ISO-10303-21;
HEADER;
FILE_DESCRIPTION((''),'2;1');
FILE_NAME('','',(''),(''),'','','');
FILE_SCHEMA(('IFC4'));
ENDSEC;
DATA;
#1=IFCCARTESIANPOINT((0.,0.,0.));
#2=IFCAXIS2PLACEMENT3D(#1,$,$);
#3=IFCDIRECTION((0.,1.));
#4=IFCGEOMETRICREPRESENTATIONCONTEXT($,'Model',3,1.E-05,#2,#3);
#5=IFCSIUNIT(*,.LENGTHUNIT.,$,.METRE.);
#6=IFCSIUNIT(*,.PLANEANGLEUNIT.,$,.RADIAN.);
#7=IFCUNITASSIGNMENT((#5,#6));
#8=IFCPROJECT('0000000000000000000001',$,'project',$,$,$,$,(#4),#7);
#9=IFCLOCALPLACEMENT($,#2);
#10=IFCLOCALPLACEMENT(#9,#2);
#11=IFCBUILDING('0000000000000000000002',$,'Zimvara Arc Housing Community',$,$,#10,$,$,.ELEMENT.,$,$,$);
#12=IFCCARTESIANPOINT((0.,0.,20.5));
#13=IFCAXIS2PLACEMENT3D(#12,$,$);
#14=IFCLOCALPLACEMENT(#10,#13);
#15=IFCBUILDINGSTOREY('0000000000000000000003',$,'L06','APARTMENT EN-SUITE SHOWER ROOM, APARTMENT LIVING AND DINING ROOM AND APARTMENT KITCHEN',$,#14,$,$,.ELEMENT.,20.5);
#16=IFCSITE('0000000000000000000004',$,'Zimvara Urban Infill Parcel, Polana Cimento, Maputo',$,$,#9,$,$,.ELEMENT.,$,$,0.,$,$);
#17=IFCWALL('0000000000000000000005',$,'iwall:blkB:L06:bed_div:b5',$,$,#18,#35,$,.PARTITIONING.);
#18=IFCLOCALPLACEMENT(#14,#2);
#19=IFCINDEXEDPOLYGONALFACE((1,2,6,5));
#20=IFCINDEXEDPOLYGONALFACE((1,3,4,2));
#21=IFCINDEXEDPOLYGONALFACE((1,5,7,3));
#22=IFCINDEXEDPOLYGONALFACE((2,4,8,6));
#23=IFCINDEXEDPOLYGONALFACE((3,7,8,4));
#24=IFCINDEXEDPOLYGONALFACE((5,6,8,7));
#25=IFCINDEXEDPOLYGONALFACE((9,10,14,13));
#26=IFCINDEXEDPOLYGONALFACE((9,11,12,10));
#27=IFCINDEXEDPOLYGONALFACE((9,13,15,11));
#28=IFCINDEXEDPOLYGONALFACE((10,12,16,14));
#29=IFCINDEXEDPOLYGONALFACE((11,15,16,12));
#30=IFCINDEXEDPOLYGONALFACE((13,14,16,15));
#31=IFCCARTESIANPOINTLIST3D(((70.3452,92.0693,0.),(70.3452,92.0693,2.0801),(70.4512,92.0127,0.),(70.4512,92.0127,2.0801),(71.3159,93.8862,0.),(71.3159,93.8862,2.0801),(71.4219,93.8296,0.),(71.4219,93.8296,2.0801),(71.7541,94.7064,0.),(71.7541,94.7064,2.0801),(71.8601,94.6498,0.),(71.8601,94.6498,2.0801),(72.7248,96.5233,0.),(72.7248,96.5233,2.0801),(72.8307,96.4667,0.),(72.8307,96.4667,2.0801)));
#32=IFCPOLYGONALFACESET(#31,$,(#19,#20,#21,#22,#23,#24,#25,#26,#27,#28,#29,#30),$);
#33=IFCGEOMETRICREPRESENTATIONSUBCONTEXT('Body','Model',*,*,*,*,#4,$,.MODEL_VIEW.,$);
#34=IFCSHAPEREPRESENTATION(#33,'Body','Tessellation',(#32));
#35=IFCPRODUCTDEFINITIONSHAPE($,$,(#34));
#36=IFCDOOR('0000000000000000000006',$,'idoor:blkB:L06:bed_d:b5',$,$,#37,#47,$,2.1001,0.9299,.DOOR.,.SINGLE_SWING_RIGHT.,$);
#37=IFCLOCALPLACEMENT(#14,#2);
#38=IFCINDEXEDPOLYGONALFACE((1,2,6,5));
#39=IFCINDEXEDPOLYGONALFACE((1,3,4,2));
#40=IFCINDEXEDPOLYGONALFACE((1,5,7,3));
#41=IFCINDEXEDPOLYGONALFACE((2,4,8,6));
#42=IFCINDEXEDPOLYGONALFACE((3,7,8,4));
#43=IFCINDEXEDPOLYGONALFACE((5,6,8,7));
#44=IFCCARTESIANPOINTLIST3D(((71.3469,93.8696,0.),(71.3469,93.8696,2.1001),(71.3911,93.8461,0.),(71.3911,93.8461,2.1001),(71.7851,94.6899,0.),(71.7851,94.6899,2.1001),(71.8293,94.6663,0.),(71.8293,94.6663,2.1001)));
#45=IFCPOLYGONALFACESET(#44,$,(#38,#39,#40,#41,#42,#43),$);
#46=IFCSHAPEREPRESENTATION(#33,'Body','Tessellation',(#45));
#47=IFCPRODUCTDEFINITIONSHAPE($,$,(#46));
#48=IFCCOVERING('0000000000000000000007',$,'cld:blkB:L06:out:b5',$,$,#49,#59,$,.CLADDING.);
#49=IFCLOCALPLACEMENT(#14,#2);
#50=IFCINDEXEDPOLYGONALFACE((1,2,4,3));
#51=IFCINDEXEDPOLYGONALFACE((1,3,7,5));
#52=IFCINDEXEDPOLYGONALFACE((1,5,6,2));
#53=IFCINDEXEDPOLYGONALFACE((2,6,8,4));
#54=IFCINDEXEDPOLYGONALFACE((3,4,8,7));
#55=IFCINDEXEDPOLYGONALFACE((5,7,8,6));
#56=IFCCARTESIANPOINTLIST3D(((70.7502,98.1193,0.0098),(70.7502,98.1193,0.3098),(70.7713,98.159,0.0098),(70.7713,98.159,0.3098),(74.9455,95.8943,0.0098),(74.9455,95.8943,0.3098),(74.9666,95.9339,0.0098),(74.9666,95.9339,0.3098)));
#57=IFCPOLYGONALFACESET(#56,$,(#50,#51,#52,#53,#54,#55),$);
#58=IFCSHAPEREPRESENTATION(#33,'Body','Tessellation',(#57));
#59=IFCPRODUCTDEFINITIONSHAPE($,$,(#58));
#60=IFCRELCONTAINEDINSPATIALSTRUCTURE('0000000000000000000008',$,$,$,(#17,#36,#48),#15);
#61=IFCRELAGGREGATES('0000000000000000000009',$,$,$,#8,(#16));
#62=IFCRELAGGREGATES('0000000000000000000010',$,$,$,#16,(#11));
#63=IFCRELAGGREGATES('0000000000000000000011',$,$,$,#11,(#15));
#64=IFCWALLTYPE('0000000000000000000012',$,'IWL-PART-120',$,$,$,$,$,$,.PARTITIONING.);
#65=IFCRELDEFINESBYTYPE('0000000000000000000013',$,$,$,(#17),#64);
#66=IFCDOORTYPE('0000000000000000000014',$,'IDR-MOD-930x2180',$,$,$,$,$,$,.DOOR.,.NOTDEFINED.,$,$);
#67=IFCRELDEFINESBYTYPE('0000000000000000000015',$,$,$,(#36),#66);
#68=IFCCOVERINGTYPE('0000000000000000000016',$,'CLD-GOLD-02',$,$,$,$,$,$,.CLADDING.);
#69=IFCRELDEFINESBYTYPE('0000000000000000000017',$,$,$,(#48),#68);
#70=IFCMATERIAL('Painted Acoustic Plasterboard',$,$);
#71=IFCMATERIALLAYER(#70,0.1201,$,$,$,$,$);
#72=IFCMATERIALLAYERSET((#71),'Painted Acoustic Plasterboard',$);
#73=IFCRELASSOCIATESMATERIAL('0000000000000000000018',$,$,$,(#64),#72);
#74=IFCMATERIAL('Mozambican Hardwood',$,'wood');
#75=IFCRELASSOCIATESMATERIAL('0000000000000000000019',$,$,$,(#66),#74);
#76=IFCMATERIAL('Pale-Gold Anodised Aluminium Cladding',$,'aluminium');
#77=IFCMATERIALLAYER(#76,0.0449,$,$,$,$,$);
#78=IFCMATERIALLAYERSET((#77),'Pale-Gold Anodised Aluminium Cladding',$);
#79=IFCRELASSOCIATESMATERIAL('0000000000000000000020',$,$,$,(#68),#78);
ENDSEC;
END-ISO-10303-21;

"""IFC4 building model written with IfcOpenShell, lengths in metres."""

from ifc_helpers import new_model, si_unit, direction, frame, frame_2d, origin, origin_2d, place, context, subcontext, project, spatial, rectangle, extrude, material, layer, layer_set, type_object, element, fill, save


model = new_model("IFC4")

# Units and contexts
model_context = context("Model", 3, precision=1e-05, world=origin(), true_north=direction((0.0, 1.0)))
body_context = subcontext(model_context, "Body", "Model", "MODEL_VIEW")
ifc_project = project(units=[si_unit("LENGTHUNIT", "METRE"), si_unit("PLANEANGLEUNIT", "RADIAN")], contexts=[model_context])

# Site, building, storey
site_placement = place(None, origin())
site = spatial("IfcSite", under=ifc_project, at=site_placement, Name="Zimvara Urban Infill Parcel, Polana Cimento, Maputo", CompositionType="ELEMENT", RefElevation=0.0)
building_placement = place(site_placement, origin())
building = spatial("IfcBuilding", under=site, at=building_placement, Name="Zimvara Arc Housing Community", CompositionType="ELEMENT")
storey_placement = place(building_placement, frame((0.0, 0.0, 20.5)))
storey = spatial("IfcBuildingStorey", under=building, at=storey_placement, Name="L06", Description="APARTMENT EN-SUITE SHOWER ROOM, APARTMENT LIVING AND DINING ROOM AND APARTMENT KITCHEN", CompositionType="ELEMENT", Elevation=20.5)

# Wall, opening, door
ifc_material_1 = material(Name="Painted Acoustic Plasterboard")
ifc_layer_1 = layer(ifc_material_1, 0.1201)
ifc_layer_set_1 = layer_set([ifc_layer_1], Name="Painted Acoustic Plasterboard")
wall_type_1 = type_object("IfcWallType", Name="IWL-PART-120", PredefinedType="PARTITIONING", material=ifc_layer_set_1)
wall_1_placement = place(storey_placement, frame((70.3982, 92.041, 0.0), z_axis=(0.0, 0.0, 1.0), x_axis=(0.471223, 0.882014, 0.0)))
wall_1 = element("IfcWall", 1, at=wall_1_placement, inside=storey, type_object=wall_type_1, Name="iwall:blkB:L06:bed_div:b5", PredefinedType="PARTITIONING", context=body_context, shape_type="SweptSolid", body=[
    extrude(rectangle(XDim=5.0498, YDim=0.1201, at=frame_2d((2.5249, 0.0))), origin(), (0.0, 0.0, 1.0), 2.0801),
])
opening_1_placement = place(wall_1_placement, frame((2.0601, 0.0, 0.0)))
opening_1 = element("IfcOpeningElement", 2, at=opening_1_placement, cuts=wall_1, PredefinedType="OPENING", context=body_context, shape_type="SweptSolid", body=[
    extrude(rectangle(XDim=0.9299, YDim=2.1001, at=frame_2d((0.4648, 1.05))), frame((0.0, 0.0701, 0.0), z_axis=(0.0, -1.0, 0.0), x_axis=(1.0, 0.0, 0.0)), (0.0, 0.0, 1.0), 0.1401),
])
ifc_material_2 = material(Name="Mozambican Hardwood", Category="wood")
door_type_1 = type_object("IfcDoorType", Name="IDR-MOD-930x2180", OperationType="NOTDEFINED", PredefinedType="DOOR", material=ifc_material_2)
door_1_placement = place(opening_1_placement, origin())
door_1 = element("IfcDoor", 3, at=door_1_placement, inside=storey, type_object=door_type_1, Name="idoor:blkB:L06:bed_d:b5", OperationType="SINGLE_SWING_RIGHT", OverallHeight=2.1001, OverallWidth=0.9299, PredefinedType="DOOR", context=body_context, shape_type="SweptSolid", body=[
    extrude(rectangle(XDim=0.9299, YDim=2.1001, at=frame_2d((0.4648, 1.05))), frame((0.0, 0.0249, 0.0), z_axis=(0.0, -1.0, 0.0), x_axis=(1.0, 0.0, 0.0)), (0.0, 0.0, 1.0), 0.05),
])
fill(opening_1, door_1)

# Covering
ifc_material_3 = material(Name="Pale-Gold Anodised Aluminium Cladding", Category="aluminium")
ifc_layer_2 = layer(ifc_material_3, 0.0449)
ifc_layer_set_2 = layer_set([ifc_layer_2], Name="Pale-Gold Anodised Aluminium Cladding")
covering_type = type_object("IfcCoveringType", Name="CLD-GOLD-02", PredefinedType="CLADDING", material=ifc_layer_set_2)
covering_placement = place(storey_placement, frame((72.8584, 97.0266, 0.0098), z_axis=(0.0, 0.0, 1.0), x_axis=(0.883439, -0.468547, 0.0)))
element("IfcCovering", 4, at=covering_placement, inside=storey, type_object=covering_type, Name="cld:blkB:L06:out:b5", PredefinedType="CLADDING", context=body_context, shape_type="SweptSolid", body=[
    extrude(rectangle(XDim=4.7488, YDim=0.0449, at=origin_2d()), origin(), (0.0, 0.0, 1.0), 0.3),
])

save(model, "model.ifc")
